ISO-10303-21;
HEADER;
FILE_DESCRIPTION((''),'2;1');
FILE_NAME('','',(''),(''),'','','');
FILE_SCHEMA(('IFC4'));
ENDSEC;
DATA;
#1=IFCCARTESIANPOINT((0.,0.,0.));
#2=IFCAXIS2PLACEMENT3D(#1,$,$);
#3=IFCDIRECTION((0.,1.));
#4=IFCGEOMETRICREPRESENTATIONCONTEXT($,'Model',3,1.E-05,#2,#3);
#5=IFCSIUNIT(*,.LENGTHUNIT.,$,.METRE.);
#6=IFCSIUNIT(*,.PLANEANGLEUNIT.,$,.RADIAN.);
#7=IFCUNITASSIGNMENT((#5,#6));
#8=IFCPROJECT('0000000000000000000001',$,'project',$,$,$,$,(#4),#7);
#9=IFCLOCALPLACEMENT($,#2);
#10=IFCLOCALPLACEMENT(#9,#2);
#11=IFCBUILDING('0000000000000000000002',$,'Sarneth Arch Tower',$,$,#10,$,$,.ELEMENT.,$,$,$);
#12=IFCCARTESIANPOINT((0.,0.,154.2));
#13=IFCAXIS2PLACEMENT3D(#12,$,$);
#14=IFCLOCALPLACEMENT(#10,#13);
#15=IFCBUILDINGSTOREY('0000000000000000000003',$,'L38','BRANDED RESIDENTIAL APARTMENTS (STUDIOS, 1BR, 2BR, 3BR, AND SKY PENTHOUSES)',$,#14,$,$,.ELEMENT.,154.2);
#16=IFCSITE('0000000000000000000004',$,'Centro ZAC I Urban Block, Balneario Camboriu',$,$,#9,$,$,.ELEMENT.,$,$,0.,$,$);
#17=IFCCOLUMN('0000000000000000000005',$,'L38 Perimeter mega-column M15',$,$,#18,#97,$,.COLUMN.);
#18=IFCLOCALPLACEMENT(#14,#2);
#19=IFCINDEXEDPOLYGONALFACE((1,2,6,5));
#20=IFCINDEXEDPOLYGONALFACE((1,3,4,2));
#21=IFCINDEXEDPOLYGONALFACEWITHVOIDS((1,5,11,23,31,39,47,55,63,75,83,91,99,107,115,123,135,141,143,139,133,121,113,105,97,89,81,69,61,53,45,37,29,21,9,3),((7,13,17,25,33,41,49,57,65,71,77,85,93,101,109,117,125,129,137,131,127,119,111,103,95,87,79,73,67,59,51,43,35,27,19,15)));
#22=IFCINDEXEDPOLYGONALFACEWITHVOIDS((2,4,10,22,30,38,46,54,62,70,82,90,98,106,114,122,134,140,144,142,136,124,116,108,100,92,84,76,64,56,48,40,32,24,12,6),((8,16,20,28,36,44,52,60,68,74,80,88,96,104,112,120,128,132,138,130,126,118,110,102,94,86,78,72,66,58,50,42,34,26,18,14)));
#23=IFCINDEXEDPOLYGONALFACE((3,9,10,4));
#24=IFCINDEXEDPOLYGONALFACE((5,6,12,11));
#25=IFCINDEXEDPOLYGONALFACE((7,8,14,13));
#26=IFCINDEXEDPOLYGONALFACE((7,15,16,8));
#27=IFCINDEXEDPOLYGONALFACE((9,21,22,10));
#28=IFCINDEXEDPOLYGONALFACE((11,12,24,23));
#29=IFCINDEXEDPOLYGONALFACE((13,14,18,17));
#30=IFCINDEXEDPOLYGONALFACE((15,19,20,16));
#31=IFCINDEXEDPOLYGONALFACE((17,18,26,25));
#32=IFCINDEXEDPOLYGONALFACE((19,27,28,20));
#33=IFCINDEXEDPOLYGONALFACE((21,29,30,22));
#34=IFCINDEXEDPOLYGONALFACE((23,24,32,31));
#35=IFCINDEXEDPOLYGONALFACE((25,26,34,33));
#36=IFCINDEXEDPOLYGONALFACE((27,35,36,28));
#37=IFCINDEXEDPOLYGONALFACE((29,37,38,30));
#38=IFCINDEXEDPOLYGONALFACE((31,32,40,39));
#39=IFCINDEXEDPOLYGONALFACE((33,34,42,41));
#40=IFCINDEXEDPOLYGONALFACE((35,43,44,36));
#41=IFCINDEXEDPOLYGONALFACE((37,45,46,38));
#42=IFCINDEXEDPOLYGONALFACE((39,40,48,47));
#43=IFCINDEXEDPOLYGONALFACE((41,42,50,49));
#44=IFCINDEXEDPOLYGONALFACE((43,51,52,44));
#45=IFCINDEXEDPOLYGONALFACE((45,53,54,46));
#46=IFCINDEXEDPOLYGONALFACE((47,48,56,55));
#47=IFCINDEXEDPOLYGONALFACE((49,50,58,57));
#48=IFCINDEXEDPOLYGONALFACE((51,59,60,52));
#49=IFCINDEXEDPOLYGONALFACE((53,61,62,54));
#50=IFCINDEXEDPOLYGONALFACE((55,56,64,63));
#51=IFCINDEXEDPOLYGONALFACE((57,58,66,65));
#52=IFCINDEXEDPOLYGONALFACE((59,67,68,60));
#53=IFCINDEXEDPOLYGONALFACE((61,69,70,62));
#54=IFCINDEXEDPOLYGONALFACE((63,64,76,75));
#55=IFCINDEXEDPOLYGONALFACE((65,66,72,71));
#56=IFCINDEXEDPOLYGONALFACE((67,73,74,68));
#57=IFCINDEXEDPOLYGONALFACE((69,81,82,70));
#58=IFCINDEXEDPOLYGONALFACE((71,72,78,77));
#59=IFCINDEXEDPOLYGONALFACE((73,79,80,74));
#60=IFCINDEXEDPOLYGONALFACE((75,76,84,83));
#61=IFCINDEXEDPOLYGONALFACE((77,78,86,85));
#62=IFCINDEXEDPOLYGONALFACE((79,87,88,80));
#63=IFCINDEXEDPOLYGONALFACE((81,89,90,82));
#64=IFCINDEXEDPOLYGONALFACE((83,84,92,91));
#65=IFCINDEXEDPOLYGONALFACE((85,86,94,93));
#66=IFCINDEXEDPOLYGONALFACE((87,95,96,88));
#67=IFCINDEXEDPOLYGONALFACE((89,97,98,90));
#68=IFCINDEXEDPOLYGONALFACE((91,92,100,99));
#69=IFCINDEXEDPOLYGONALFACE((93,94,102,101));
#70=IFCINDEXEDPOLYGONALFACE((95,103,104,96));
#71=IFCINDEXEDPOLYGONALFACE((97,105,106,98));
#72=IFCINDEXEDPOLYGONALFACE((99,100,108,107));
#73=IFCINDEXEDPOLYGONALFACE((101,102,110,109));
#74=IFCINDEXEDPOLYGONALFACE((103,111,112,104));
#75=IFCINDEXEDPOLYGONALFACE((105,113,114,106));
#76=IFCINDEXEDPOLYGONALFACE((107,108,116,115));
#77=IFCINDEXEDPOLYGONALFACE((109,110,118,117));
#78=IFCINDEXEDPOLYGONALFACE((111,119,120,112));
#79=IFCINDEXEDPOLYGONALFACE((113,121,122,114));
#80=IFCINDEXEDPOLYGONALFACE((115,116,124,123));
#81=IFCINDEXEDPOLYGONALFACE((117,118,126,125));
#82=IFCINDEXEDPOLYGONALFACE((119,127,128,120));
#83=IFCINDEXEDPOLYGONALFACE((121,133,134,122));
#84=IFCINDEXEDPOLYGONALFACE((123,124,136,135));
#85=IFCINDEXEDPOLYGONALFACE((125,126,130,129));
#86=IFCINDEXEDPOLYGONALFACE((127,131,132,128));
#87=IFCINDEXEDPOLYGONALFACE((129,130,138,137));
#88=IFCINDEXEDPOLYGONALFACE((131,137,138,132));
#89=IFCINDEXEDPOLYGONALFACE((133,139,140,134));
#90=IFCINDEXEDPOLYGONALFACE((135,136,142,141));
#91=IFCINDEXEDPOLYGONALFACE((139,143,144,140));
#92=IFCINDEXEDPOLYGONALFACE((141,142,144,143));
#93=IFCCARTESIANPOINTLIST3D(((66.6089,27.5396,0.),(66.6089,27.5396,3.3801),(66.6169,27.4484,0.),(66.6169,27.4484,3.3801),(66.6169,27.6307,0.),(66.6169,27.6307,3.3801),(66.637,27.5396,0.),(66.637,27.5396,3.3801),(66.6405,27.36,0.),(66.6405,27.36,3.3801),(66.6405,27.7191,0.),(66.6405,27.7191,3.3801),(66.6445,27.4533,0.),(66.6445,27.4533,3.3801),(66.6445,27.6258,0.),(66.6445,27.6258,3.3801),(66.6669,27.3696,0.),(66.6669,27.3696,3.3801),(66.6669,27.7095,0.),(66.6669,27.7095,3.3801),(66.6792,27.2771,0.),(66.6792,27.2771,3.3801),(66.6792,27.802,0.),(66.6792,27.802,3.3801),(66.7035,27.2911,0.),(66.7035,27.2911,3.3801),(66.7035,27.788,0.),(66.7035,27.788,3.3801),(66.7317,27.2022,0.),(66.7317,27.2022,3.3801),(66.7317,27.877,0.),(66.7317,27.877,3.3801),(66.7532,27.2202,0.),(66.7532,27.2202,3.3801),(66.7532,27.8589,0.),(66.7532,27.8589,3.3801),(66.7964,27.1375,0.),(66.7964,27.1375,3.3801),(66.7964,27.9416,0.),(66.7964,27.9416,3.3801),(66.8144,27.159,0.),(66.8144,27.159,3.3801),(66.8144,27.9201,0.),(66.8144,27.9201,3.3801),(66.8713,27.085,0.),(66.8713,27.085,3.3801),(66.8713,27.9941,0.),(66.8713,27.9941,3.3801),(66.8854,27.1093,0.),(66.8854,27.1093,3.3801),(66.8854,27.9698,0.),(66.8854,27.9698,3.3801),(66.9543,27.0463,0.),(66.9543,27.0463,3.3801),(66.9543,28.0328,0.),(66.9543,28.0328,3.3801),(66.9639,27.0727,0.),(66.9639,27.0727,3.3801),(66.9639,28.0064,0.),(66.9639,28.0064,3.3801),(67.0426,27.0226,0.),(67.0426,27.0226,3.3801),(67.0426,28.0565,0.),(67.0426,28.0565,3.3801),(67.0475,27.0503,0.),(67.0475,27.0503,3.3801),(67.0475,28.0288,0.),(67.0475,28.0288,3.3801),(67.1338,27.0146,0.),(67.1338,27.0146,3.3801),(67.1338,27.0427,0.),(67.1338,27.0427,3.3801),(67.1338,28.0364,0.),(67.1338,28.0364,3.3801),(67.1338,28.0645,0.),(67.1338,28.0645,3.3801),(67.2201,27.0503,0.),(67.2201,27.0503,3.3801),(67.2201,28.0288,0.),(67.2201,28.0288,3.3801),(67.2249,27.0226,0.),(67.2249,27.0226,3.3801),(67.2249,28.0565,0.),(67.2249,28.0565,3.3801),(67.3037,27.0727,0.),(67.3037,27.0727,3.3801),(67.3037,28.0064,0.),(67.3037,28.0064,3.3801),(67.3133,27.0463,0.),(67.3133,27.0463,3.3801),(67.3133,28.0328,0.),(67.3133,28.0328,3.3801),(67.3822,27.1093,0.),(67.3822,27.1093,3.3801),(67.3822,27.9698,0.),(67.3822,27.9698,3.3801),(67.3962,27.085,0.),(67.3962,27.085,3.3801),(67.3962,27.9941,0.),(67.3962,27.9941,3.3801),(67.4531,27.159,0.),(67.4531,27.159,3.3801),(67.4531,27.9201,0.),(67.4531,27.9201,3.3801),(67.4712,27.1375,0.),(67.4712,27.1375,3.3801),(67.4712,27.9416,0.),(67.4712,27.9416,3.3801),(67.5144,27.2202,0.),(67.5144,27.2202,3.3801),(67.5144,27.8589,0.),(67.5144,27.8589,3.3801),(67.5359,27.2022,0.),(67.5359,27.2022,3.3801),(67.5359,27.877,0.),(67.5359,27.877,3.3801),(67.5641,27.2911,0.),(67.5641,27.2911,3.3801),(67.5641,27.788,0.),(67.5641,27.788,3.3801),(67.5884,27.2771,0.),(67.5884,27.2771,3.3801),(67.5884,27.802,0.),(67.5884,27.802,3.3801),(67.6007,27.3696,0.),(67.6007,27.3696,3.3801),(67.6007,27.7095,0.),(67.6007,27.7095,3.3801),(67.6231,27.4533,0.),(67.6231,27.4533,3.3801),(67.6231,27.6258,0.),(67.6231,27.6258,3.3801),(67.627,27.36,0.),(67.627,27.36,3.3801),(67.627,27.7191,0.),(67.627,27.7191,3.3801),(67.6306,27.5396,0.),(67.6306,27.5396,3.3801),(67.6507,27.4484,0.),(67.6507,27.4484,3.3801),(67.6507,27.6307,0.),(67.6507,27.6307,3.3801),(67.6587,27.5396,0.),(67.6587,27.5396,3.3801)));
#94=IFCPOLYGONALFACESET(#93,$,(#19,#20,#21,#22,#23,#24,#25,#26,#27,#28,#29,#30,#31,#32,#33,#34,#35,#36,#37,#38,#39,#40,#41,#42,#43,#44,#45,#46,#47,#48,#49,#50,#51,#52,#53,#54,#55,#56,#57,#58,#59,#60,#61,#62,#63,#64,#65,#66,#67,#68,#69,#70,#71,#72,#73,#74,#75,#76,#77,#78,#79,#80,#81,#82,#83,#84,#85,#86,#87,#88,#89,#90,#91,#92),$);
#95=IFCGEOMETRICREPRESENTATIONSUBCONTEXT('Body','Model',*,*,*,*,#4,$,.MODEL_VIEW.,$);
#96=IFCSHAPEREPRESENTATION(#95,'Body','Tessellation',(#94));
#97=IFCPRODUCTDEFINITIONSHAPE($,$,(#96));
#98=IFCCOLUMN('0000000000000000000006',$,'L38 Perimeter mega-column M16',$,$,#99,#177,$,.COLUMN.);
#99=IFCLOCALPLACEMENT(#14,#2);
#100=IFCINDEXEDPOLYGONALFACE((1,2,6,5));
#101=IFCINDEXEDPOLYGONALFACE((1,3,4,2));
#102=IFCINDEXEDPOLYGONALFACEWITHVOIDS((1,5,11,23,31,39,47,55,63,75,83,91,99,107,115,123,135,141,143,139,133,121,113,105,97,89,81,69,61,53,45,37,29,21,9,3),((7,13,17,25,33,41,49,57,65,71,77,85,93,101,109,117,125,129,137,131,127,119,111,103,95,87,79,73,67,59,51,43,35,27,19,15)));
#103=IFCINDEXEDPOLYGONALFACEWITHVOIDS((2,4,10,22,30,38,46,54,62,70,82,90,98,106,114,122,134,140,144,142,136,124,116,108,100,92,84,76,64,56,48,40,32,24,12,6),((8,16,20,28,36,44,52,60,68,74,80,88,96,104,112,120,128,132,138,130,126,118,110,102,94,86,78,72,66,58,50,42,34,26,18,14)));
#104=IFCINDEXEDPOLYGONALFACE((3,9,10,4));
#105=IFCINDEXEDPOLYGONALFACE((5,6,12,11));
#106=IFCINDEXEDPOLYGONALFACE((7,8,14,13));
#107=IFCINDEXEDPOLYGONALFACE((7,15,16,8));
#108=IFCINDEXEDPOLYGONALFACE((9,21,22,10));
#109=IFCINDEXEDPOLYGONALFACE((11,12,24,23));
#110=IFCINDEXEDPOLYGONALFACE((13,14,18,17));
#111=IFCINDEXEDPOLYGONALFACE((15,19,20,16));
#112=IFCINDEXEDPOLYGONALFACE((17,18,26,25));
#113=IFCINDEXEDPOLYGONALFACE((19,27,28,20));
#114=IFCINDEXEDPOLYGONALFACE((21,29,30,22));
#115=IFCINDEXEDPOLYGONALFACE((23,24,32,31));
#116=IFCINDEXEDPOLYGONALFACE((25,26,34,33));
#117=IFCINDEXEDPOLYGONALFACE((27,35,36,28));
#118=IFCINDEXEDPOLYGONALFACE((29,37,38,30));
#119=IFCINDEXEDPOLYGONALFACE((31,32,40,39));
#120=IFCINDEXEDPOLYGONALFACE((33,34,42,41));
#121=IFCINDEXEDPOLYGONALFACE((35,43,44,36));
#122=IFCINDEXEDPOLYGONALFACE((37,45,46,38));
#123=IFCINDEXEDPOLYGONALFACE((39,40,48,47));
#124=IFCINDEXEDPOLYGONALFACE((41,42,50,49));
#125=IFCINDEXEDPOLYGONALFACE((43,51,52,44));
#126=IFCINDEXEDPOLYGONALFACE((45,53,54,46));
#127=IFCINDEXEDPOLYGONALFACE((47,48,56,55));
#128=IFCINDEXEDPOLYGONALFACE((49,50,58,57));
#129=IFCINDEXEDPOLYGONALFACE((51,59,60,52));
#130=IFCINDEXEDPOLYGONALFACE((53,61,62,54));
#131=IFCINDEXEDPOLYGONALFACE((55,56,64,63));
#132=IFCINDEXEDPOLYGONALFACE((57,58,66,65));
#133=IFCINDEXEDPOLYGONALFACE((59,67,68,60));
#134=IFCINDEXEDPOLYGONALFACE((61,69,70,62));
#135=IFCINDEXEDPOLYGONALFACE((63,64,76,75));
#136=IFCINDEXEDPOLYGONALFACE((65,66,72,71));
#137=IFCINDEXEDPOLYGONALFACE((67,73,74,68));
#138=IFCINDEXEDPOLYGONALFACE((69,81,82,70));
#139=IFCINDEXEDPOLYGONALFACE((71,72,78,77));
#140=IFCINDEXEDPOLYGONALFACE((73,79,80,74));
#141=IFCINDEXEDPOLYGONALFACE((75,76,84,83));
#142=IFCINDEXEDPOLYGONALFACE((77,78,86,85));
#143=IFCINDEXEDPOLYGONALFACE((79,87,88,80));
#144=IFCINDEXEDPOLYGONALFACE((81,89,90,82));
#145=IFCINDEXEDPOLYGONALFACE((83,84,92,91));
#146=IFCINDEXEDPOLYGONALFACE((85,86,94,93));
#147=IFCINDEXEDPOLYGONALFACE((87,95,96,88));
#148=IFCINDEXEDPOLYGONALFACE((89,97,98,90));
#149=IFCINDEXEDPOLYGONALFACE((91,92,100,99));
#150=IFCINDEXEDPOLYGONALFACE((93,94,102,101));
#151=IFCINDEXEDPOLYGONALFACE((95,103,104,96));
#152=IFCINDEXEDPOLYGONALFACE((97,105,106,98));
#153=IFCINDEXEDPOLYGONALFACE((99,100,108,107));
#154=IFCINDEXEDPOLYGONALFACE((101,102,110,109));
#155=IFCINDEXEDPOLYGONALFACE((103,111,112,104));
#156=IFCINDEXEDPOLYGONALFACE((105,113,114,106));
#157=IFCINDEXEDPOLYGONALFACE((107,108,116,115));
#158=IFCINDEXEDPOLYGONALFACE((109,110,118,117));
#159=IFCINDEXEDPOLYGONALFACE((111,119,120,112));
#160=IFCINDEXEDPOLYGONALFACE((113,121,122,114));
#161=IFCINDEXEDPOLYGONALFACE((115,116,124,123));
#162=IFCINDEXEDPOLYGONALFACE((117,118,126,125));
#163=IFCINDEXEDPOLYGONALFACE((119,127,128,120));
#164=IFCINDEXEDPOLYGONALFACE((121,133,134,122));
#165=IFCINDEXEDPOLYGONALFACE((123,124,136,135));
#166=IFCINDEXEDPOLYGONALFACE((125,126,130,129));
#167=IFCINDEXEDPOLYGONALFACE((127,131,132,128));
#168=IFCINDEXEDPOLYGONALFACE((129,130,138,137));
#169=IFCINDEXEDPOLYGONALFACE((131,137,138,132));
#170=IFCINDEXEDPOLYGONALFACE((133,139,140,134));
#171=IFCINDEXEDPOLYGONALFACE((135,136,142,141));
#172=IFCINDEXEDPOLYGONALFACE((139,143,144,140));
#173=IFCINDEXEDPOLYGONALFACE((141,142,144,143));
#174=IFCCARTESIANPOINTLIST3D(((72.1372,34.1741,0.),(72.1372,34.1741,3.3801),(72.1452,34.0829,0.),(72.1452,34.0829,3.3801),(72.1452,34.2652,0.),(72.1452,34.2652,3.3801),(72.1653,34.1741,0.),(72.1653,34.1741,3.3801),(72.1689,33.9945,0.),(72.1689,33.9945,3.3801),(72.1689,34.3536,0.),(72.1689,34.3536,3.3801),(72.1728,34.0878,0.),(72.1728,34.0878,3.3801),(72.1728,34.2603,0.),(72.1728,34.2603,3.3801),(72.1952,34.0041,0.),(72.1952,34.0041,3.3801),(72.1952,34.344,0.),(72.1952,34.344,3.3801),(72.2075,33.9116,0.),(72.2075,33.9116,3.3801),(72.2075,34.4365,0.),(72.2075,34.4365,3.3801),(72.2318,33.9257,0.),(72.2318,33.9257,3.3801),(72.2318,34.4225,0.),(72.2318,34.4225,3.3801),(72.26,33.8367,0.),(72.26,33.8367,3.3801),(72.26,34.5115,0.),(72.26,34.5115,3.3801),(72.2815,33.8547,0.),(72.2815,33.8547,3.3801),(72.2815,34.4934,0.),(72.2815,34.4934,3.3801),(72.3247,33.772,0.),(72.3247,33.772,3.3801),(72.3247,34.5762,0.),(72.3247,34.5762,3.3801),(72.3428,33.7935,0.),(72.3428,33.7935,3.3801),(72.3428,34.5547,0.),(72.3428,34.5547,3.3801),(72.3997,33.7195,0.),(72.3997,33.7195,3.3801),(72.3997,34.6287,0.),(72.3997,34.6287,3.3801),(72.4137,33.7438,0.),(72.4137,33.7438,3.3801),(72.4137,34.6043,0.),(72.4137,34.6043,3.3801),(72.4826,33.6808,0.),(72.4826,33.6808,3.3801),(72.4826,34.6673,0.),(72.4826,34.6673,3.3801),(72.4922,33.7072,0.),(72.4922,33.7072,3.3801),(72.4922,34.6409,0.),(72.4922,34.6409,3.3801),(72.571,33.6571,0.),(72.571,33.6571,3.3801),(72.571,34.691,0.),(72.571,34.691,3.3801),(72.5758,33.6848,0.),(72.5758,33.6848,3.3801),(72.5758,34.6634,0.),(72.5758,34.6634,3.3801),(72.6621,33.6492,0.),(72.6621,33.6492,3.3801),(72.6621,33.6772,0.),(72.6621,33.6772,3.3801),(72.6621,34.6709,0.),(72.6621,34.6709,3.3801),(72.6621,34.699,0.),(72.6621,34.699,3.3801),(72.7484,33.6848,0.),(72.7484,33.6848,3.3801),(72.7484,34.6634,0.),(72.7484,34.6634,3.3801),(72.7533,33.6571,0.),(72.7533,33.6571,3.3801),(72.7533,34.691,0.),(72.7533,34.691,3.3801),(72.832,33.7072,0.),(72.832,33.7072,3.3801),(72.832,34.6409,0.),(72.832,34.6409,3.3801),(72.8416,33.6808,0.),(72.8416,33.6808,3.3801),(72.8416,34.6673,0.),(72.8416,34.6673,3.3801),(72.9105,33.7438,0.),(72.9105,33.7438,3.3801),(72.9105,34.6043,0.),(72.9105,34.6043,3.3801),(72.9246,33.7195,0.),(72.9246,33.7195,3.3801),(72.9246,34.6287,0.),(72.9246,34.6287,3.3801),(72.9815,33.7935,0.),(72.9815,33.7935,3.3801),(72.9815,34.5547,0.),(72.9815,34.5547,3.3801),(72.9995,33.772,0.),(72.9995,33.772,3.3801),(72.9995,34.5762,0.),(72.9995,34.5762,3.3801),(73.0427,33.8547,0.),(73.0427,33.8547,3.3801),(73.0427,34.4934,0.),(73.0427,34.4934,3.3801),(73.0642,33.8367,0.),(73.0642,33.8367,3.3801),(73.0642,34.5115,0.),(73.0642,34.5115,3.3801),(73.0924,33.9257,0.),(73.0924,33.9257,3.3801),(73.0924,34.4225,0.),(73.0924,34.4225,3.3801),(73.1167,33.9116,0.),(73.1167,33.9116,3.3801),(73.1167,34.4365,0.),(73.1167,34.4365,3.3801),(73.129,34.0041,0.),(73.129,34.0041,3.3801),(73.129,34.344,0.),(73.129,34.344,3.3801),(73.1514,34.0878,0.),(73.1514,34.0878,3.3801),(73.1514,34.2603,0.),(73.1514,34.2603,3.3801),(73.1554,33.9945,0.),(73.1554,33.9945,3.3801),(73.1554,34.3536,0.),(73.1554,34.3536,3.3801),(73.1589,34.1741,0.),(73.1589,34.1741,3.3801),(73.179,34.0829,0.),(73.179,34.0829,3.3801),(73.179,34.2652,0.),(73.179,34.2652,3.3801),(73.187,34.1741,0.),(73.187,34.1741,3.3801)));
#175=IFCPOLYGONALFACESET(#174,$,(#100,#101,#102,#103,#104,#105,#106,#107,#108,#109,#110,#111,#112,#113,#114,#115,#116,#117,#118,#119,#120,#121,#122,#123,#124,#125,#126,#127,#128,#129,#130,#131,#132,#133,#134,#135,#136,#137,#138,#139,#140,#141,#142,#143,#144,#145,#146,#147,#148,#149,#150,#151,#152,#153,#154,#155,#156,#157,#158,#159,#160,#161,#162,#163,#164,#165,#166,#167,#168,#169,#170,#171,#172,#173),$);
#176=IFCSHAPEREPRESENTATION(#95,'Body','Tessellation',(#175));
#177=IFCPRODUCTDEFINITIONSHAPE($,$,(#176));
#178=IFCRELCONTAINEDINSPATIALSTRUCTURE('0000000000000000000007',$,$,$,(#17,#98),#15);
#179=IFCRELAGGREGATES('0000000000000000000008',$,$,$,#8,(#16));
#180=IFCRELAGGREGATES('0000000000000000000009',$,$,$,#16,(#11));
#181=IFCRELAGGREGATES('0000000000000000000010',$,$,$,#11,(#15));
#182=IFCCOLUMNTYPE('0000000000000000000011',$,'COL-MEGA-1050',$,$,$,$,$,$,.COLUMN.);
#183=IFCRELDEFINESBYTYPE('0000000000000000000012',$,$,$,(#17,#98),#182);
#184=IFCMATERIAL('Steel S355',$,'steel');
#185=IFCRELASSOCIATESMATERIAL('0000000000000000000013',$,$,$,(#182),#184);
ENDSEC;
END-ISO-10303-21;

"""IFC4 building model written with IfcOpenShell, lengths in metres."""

from ifc_helpers import new_model, si_unit, direction, frame, origin, origin_2d, place, context, subcontext, project, spatial, hollow_circle, extrude, material, material_profile, profile_set, type_object, element, save


model = new_model("IFC4")

# Units and contexts
model_context = context("Model", 3, precision=1e-05, world=origin(), true_north=direction((0.0, 1.0)))
body_context = subcontext(model_context, "Body", "Model", "MODEL_VIEW")
ifc_project = project(units=[si_unit("LENGTHUNIT", "METRE"), si_unit("PLANEANGLEUNIT", "RADIAN")], contexts=[model_context])

# Site, building, storey
site_placement = place(None, origin())
site = spatial("IfcSite", under=ifc_project, at=site_placement, Name="Centro ZAC I Urban Block, Balneario Camboriu", CompositionType="ELEMENT", RefElevation=0.0)
building_placement = place(site_placement, origin())
building = spatial("IfcBuilding", under=site, at=building_placement, Name="Sarneth Arch Tower", CompositionType="ELEMENT")
storey_placement = place(building_placement, frame((0.0, 0.0, 154.2)))
storey = spatial("IfcBuildingStorey", under=building, at=storey_placement, Name="L38", Description="BRANDED RESIDENTIAL APARTMENTS (STUDIOS, 1BR, 2BR, 3BR, AND SKY PENTHOUSES)", CompositionType="ELEMENT", Elevation=154.2)

# Columns
ifc_material_1 = material(Name="Steel S355", Category="steel")
ifc_material_profile_1 = material_profile(ifc_material_1, hollow_circle(Radius=0.5249, WallThickness=0.0281, at=origin_2d()), Name="CHS1050x28")
ifc_profile_set_1 = profile_set([ifc_material_profile_1], Name="Steel S355")
column_type = type_object("IfcColumnType", Name="COL-MEGA-1050", PredefinedType="COLUMN", material=ifc_profile_set_1)
for number, where, z_axis, x_axis, name in (
    (1, (67.1338, 27.5396, 0.0), (0.0, 0.0, 1.0), (1.0, 0.0, 0.0), "L38 Perimeter mega-column M15"),
    (2, (72.6621, 34.1741, 0.0), (0.0, 0.0, 1.0), (1.0, 0.0, 0.0), "L38 Perimeter mega-column M16"),
):
    element("IfcColumn", number, at=place(storey_placement, frame(where, z_axis=z_axis, x_axis=x_axis)), inside=storey, type_object=column_type, Name=name, PredefinedType="COLUMN", context=body_context, shape_type="SweptSolid", body=[
        extrude(hollow_circle(Radius=0.5249, WallThickness=0.0281, at=origin_2d()), origin(), (0.0, 0.0, 1.0), 3.3801),
    ])

save(model, "model.ifc")
